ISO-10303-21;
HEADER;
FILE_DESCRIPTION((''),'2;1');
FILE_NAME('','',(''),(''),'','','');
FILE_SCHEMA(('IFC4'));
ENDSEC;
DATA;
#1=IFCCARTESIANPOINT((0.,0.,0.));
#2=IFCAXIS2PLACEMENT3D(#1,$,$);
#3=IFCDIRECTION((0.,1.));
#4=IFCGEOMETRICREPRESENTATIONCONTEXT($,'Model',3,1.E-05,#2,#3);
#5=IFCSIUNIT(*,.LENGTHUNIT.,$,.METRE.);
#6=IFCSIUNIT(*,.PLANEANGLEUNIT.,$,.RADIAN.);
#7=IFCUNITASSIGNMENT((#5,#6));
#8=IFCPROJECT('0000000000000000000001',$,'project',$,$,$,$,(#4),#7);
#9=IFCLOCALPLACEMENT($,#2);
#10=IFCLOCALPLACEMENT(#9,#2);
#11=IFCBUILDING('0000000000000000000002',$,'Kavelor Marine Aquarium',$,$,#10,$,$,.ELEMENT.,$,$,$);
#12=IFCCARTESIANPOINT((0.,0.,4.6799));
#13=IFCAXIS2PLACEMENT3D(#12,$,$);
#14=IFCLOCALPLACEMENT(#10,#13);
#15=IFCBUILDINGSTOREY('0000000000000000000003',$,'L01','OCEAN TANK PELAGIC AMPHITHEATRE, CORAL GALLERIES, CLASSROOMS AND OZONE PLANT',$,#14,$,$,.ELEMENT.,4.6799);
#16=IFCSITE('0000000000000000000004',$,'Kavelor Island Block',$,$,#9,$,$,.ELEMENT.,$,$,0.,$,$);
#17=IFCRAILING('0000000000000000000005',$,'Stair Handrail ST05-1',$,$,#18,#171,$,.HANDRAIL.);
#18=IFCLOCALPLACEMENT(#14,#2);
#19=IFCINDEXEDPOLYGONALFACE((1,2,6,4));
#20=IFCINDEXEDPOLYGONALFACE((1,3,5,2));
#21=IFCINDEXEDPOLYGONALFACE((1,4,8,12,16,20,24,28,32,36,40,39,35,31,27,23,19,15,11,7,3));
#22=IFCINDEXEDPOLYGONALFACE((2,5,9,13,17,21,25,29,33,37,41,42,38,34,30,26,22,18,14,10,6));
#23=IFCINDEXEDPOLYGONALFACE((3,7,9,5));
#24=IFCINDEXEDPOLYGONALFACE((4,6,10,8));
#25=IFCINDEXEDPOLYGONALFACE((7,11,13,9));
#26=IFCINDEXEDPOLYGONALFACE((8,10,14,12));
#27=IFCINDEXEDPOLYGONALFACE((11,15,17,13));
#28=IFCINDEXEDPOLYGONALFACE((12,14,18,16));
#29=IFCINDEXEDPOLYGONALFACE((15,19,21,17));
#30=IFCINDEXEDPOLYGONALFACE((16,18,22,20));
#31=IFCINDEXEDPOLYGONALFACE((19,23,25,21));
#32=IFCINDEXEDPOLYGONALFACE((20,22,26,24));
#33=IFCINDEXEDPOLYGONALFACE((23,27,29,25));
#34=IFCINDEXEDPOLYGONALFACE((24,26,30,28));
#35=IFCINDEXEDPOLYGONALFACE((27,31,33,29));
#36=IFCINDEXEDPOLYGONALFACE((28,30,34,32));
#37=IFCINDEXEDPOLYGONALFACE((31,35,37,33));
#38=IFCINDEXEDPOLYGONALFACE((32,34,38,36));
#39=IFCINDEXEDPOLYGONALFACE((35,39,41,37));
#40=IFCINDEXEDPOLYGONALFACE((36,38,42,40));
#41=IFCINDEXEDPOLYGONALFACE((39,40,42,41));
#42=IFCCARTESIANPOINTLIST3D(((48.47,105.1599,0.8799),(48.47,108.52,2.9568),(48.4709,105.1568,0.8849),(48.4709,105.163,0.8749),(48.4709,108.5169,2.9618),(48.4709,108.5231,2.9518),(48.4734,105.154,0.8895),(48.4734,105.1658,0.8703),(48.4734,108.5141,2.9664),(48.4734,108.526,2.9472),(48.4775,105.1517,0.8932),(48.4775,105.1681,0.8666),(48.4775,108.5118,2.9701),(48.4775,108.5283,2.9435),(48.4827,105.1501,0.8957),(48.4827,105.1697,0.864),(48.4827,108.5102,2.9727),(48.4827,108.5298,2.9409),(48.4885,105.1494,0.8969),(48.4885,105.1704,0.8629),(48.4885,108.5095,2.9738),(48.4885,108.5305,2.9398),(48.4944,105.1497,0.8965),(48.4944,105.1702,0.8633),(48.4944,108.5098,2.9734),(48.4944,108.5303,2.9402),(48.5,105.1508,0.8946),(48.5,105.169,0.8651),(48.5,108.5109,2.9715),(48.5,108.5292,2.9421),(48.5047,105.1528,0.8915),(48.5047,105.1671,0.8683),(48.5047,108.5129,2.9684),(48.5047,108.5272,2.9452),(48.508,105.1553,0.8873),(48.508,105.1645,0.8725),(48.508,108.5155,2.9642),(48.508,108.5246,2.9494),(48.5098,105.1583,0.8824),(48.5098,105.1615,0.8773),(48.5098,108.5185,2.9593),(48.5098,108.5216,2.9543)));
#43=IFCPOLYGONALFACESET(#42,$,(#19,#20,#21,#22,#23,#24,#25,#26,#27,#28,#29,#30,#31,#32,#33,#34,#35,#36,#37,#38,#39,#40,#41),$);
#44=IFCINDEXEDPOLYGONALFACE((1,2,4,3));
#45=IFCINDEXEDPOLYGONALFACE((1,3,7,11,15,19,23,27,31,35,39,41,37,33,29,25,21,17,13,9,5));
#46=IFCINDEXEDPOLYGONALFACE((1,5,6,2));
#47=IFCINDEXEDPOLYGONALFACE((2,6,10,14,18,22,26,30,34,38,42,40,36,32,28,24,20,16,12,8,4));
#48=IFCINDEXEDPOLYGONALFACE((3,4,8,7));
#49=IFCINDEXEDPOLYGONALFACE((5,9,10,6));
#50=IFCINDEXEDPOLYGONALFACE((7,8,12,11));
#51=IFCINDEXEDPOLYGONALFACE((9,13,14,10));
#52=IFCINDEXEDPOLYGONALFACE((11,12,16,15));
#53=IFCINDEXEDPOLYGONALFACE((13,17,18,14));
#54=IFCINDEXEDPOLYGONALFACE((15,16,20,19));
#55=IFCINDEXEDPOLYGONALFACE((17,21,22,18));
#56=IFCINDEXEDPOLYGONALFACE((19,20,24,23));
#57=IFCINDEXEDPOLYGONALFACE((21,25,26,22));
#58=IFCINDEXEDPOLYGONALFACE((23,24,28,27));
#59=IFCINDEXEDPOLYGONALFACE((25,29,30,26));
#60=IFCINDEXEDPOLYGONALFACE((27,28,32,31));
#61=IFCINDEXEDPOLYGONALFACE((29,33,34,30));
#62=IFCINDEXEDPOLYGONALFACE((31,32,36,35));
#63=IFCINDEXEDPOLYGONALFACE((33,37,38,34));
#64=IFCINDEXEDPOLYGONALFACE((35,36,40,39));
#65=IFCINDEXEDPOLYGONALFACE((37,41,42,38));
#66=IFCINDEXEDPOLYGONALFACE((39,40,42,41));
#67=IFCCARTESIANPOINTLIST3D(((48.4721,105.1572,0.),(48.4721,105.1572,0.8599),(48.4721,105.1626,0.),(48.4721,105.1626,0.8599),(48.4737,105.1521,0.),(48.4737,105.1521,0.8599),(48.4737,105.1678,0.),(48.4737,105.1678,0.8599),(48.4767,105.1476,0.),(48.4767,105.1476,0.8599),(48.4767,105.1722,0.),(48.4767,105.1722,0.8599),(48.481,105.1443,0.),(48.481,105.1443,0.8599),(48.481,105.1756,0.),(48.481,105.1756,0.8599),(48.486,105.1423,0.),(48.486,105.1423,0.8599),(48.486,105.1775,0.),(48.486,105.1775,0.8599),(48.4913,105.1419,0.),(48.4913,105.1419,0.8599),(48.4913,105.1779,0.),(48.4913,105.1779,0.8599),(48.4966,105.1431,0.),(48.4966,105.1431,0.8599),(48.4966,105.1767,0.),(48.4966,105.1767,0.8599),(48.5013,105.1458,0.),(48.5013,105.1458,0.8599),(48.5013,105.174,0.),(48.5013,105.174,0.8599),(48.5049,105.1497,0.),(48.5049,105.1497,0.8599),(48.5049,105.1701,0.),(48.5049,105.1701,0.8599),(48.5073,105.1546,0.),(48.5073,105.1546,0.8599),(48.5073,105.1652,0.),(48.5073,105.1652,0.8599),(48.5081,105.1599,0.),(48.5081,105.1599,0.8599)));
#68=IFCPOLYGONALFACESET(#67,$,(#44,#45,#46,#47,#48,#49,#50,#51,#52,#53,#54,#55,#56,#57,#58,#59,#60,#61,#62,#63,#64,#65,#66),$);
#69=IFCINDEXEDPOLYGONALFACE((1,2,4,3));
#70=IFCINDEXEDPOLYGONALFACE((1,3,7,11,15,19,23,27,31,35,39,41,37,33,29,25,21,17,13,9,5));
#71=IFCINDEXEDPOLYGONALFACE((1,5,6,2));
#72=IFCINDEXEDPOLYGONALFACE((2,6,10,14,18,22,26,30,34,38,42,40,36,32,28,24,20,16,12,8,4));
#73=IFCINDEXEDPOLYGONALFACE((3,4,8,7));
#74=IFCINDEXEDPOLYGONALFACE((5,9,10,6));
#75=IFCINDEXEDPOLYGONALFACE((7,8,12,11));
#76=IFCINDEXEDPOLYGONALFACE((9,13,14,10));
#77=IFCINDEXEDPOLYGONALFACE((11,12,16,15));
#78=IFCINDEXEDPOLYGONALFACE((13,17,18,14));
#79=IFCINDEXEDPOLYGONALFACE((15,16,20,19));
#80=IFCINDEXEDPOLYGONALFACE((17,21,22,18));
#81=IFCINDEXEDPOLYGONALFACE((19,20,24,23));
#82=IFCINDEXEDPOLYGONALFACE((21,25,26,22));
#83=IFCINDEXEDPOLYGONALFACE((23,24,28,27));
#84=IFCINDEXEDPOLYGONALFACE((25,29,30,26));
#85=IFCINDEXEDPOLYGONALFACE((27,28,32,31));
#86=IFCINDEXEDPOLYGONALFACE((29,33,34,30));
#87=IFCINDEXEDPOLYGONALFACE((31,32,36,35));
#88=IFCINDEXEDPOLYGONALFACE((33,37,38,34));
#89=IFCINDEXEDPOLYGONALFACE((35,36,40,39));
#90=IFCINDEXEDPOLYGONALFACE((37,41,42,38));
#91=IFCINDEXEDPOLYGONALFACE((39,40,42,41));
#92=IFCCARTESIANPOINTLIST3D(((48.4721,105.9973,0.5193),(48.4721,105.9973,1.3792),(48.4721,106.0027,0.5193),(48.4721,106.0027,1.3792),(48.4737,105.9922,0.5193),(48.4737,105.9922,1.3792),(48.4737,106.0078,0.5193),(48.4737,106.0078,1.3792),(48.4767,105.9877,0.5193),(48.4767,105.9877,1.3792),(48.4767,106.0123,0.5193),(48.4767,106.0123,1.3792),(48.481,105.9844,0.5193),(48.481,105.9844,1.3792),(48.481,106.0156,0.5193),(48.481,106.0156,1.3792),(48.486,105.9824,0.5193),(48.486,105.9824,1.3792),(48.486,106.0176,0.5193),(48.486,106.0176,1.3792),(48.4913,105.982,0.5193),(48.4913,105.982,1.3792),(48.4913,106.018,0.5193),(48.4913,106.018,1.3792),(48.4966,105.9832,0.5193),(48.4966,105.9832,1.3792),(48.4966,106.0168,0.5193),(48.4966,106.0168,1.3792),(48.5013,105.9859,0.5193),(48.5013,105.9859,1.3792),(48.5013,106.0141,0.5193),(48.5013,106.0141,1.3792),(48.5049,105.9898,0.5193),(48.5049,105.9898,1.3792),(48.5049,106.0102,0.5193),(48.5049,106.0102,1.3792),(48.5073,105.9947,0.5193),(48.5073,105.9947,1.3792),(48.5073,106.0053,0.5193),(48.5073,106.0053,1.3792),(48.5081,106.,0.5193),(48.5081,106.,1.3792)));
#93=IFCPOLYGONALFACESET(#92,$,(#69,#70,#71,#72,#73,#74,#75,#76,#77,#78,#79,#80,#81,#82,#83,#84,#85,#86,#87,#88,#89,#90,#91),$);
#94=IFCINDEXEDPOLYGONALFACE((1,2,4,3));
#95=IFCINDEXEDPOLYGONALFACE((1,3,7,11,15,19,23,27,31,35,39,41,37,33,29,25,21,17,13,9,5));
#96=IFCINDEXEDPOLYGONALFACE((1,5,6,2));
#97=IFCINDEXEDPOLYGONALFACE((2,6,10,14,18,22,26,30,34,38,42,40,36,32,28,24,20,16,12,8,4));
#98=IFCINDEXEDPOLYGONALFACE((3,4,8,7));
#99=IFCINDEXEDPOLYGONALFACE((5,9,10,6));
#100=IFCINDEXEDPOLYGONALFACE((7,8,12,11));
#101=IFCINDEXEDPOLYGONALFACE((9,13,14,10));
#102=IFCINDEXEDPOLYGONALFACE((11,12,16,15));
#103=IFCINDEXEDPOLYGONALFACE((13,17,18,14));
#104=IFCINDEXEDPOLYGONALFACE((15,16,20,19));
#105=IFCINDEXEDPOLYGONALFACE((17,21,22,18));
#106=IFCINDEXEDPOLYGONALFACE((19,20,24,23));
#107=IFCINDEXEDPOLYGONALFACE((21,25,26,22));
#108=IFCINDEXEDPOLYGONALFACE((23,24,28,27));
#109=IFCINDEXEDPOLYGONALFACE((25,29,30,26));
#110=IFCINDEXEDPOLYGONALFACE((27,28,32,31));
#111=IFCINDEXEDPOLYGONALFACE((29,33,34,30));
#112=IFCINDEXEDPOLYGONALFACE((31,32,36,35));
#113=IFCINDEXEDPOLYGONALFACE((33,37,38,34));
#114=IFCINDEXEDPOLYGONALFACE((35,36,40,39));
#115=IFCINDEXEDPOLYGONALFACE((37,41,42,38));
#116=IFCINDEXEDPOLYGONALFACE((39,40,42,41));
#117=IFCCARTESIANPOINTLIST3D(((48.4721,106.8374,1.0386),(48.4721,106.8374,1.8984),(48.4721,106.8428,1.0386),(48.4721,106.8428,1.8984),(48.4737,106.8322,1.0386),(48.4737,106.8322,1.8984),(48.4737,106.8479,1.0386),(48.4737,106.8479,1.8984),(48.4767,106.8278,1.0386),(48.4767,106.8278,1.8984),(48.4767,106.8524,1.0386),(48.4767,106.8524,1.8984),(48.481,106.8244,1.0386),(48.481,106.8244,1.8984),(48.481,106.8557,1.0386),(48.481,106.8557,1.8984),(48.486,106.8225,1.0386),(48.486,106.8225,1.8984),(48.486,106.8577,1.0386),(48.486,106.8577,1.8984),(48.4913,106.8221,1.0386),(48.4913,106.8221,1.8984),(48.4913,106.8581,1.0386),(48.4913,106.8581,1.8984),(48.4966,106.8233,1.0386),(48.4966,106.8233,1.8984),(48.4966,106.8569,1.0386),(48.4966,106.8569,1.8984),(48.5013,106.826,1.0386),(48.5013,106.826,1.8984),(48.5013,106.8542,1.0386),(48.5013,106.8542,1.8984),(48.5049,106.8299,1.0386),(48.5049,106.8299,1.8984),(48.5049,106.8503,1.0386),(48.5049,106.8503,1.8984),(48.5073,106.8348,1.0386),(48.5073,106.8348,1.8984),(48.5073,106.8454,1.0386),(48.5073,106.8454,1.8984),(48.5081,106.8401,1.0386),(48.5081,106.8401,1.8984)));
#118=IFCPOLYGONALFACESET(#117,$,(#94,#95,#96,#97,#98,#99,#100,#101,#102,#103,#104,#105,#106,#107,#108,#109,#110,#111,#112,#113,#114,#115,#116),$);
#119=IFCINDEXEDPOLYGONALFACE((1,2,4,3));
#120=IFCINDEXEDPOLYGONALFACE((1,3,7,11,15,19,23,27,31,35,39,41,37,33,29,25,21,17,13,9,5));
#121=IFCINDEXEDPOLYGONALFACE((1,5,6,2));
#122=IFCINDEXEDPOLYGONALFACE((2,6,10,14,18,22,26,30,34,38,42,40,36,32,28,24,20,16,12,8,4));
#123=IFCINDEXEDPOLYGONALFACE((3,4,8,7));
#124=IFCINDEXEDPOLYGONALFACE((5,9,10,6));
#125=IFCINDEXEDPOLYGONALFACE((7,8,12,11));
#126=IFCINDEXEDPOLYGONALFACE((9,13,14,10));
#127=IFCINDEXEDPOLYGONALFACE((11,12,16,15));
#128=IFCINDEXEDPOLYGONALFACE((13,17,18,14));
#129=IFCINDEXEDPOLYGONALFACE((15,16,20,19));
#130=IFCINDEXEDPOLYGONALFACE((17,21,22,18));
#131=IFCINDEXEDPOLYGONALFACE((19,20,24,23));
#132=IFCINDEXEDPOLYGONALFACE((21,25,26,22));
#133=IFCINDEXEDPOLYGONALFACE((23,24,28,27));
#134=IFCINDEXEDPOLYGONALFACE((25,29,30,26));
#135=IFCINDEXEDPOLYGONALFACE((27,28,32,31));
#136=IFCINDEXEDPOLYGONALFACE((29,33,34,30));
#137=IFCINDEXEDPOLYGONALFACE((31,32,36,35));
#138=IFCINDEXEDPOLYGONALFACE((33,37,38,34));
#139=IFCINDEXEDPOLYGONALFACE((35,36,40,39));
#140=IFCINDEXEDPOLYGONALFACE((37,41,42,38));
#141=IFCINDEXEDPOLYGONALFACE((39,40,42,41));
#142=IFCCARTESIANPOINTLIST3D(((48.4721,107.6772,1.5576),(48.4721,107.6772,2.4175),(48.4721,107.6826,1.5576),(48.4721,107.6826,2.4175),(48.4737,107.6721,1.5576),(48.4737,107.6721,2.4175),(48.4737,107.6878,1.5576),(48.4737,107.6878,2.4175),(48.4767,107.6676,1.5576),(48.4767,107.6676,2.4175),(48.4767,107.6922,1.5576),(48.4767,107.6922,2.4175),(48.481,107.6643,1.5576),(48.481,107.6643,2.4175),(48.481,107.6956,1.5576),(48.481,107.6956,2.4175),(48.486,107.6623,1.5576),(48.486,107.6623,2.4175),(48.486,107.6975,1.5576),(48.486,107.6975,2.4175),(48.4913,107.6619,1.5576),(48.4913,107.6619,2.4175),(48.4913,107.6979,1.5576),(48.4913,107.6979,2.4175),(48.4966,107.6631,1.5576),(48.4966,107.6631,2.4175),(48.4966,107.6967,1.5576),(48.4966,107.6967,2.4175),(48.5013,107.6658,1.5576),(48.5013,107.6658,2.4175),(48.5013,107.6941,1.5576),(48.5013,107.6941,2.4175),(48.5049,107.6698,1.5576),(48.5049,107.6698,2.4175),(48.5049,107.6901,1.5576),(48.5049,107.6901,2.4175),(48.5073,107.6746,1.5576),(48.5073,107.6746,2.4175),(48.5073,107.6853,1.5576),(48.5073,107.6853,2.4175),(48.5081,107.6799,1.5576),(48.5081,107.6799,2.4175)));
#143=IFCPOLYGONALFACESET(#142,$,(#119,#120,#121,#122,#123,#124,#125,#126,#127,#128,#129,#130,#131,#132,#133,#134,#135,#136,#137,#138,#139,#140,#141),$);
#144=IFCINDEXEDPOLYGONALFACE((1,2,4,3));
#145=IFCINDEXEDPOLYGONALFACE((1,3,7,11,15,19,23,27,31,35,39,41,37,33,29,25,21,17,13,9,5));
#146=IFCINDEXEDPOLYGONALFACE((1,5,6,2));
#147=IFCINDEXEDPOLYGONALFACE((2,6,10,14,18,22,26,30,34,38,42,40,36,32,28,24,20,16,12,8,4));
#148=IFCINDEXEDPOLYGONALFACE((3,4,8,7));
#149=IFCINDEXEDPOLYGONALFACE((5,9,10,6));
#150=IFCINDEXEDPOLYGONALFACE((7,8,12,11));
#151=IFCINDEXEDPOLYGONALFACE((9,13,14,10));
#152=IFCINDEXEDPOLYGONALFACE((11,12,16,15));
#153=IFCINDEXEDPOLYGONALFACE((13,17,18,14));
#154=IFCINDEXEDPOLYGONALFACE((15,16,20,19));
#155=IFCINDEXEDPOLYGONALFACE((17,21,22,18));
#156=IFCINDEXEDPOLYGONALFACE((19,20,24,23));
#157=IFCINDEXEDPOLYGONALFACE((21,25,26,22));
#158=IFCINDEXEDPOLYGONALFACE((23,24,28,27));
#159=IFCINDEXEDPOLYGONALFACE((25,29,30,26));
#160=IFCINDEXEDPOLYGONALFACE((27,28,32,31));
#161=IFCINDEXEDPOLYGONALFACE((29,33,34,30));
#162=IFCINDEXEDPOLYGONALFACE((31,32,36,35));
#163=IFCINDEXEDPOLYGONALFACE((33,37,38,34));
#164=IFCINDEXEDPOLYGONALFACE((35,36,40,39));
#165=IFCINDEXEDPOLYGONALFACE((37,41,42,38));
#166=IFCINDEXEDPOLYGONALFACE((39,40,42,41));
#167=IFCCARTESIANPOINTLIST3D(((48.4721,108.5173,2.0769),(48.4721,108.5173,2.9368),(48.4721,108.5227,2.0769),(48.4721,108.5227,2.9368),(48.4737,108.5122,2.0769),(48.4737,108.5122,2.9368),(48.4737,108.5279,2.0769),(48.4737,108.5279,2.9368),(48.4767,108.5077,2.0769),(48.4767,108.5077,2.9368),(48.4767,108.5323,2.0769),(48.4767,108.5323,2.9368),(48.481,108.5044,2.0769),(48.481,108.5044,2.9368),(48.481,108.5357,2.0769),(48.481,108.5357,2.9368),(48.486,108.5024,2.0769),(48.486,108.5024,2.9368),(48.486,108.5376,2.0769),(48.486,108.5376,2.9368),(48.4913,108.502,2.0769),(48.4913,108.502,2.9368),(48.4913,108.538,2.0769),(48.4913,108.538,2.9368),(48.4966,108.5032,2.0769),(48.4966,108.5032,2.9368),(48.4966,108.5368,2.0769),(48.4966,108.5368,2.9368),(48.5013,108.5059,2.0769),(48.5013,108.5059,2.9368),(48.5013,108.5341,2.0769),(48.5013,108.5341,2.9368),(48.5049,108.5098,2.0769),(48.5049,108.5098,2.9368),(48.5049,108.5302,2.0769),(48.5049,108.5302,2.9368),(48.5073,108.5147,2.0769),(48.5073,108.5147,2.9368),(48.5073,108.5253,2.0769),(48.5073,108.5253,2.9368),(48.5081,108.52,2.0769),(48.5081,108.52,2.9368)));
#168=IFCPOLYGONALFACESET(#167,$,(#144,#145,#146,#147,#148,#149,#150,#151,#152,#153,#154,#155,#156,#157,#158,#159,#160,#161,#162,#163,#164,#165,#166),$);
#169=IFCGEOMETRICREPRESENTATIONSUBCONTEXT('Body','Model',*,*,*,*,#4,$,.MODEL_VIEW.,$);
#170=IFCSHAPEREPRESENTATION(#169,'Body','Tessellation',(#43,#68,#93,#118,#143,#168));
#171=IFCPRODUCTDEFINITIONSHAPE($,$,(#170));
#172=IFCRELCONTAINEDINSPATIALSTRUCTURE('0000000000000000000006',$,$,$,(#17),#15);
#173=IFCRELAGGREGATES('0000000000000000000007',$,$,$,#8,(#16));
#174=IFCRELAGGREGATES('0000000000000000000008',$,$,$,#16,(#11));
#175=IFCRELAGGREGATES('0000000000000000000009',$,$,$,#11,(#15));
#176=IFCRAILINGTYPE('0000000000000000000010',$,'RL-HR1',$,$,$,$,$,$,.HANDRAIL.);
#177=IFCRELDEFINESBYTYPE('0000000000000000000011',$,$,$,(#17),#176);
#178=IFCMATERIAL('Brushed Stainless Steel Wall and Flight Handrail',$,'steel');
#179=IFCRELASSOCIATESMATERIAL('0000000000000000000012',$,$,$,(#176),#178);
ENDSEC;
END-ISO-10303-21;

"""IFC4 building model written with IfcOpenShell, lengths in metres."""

from ifc_helpers import new_model, si_unit, direction, frame, origin, origin_2d, place, context, subcontext, project, spatial, circle, extrude, material, type_object, element, save


model = new_model("IFC4")

# Units and contexts
model_context = context("Model", 3, precision=1e-05, world=origin(), true_north=direction((0.0, 1.0)))
body_context = subcontext(model_context, "Body", "Model", "MODEL_VIEW")
ifc_project = project(units=[si_unit("LENGTHUNIT", "METRE"), si_unit("PLANEANGLEUNIT", "RADIAN")], contexts=[model_context])

# Site, building, storey
site_placement = place(None, origin())
site = spatial("IfcSite", under=ifc_project, at=site_placement, Name="Kavelor Island Block", CompositionType="ELEMENT", RefElevation=0.0)
building_placement = place(site_placement, origin())
building = spatial("IfcBuilding", under=site, at=building_placement, Name="Kavelor Marine Aquarium", CompositionType="ELEMENT")
storey_placement = place(building_placement, frame((0.0, 0.0, 4.6799)))
storey = spatial("IfcBuildingStorey", under=building, at=storey_placement, Name="L01", Description="OCEAN TANK PELAGIC AMPHITHEATRE, CORAL GALLERIES, CLASSROOMS AND OZONE PLANT", CompositionType="ELEMENT", Elevation=4.6799)

# Railing
ifc_material_1 = material(Name="Brushed Stainless Steel Wall and Flight Handrail", Category="steel")
railing_type_1 = type_object("IfcRailingType", Name="RL-HR1", PredefinedType="HANDRAIL", material=ifc_material_1)
railing_1_placement = place(storey_placement, frame((48.49, 105.1599, 0.0)))
element("IfcRailing", 1, at=railing_1_placement, inside=storey, type_object=railing_type_1, Name="Stair Handrail ST05-1", PredefinedType="HANDRAIL", context=body_context, shape_type="SweptSolid", body=[
    extrude(circle(Radius=0.02, at=origin_2d()), frame((0.0, 0.0, 0.8799), z_axis=(0.0, 0.850623, 0.525776), x_axis=(-1.0, 0.0, 0.0)), (0.0, 0.0, 1.0), 3.9502),
    extrude(circle(Radius=0.0181, at=origin_2d()), origin(), (0.0, 0.0, 1.0), 0.8599),
    extrude(circle(Radius=0.0181, at=origin_2d()), frame((0.0, 0.8401, 0.5193)), (0.0, 0.0, 1.0), 0.8599),
    extrude(circle(Radius=0.0181, at=origin_2d()), frame((0.0, 1.6802, 1.0386)), (0.0, 0.0, 1.0), 0.8599),
    extrude(circle(Radius=0.0181, at=origin_2d()), frame((0.0, 2.52, 1.5576)), (0.0, 0.0, 1.0), 0.8599),
    extrude(circle(Radius=0.0181, at=origin_2d()), frame((0.0, 3.3601, 2.0769)), (0.0, 0.0, 1.0), 0.8599),
])

save(model, "model.ifc")
